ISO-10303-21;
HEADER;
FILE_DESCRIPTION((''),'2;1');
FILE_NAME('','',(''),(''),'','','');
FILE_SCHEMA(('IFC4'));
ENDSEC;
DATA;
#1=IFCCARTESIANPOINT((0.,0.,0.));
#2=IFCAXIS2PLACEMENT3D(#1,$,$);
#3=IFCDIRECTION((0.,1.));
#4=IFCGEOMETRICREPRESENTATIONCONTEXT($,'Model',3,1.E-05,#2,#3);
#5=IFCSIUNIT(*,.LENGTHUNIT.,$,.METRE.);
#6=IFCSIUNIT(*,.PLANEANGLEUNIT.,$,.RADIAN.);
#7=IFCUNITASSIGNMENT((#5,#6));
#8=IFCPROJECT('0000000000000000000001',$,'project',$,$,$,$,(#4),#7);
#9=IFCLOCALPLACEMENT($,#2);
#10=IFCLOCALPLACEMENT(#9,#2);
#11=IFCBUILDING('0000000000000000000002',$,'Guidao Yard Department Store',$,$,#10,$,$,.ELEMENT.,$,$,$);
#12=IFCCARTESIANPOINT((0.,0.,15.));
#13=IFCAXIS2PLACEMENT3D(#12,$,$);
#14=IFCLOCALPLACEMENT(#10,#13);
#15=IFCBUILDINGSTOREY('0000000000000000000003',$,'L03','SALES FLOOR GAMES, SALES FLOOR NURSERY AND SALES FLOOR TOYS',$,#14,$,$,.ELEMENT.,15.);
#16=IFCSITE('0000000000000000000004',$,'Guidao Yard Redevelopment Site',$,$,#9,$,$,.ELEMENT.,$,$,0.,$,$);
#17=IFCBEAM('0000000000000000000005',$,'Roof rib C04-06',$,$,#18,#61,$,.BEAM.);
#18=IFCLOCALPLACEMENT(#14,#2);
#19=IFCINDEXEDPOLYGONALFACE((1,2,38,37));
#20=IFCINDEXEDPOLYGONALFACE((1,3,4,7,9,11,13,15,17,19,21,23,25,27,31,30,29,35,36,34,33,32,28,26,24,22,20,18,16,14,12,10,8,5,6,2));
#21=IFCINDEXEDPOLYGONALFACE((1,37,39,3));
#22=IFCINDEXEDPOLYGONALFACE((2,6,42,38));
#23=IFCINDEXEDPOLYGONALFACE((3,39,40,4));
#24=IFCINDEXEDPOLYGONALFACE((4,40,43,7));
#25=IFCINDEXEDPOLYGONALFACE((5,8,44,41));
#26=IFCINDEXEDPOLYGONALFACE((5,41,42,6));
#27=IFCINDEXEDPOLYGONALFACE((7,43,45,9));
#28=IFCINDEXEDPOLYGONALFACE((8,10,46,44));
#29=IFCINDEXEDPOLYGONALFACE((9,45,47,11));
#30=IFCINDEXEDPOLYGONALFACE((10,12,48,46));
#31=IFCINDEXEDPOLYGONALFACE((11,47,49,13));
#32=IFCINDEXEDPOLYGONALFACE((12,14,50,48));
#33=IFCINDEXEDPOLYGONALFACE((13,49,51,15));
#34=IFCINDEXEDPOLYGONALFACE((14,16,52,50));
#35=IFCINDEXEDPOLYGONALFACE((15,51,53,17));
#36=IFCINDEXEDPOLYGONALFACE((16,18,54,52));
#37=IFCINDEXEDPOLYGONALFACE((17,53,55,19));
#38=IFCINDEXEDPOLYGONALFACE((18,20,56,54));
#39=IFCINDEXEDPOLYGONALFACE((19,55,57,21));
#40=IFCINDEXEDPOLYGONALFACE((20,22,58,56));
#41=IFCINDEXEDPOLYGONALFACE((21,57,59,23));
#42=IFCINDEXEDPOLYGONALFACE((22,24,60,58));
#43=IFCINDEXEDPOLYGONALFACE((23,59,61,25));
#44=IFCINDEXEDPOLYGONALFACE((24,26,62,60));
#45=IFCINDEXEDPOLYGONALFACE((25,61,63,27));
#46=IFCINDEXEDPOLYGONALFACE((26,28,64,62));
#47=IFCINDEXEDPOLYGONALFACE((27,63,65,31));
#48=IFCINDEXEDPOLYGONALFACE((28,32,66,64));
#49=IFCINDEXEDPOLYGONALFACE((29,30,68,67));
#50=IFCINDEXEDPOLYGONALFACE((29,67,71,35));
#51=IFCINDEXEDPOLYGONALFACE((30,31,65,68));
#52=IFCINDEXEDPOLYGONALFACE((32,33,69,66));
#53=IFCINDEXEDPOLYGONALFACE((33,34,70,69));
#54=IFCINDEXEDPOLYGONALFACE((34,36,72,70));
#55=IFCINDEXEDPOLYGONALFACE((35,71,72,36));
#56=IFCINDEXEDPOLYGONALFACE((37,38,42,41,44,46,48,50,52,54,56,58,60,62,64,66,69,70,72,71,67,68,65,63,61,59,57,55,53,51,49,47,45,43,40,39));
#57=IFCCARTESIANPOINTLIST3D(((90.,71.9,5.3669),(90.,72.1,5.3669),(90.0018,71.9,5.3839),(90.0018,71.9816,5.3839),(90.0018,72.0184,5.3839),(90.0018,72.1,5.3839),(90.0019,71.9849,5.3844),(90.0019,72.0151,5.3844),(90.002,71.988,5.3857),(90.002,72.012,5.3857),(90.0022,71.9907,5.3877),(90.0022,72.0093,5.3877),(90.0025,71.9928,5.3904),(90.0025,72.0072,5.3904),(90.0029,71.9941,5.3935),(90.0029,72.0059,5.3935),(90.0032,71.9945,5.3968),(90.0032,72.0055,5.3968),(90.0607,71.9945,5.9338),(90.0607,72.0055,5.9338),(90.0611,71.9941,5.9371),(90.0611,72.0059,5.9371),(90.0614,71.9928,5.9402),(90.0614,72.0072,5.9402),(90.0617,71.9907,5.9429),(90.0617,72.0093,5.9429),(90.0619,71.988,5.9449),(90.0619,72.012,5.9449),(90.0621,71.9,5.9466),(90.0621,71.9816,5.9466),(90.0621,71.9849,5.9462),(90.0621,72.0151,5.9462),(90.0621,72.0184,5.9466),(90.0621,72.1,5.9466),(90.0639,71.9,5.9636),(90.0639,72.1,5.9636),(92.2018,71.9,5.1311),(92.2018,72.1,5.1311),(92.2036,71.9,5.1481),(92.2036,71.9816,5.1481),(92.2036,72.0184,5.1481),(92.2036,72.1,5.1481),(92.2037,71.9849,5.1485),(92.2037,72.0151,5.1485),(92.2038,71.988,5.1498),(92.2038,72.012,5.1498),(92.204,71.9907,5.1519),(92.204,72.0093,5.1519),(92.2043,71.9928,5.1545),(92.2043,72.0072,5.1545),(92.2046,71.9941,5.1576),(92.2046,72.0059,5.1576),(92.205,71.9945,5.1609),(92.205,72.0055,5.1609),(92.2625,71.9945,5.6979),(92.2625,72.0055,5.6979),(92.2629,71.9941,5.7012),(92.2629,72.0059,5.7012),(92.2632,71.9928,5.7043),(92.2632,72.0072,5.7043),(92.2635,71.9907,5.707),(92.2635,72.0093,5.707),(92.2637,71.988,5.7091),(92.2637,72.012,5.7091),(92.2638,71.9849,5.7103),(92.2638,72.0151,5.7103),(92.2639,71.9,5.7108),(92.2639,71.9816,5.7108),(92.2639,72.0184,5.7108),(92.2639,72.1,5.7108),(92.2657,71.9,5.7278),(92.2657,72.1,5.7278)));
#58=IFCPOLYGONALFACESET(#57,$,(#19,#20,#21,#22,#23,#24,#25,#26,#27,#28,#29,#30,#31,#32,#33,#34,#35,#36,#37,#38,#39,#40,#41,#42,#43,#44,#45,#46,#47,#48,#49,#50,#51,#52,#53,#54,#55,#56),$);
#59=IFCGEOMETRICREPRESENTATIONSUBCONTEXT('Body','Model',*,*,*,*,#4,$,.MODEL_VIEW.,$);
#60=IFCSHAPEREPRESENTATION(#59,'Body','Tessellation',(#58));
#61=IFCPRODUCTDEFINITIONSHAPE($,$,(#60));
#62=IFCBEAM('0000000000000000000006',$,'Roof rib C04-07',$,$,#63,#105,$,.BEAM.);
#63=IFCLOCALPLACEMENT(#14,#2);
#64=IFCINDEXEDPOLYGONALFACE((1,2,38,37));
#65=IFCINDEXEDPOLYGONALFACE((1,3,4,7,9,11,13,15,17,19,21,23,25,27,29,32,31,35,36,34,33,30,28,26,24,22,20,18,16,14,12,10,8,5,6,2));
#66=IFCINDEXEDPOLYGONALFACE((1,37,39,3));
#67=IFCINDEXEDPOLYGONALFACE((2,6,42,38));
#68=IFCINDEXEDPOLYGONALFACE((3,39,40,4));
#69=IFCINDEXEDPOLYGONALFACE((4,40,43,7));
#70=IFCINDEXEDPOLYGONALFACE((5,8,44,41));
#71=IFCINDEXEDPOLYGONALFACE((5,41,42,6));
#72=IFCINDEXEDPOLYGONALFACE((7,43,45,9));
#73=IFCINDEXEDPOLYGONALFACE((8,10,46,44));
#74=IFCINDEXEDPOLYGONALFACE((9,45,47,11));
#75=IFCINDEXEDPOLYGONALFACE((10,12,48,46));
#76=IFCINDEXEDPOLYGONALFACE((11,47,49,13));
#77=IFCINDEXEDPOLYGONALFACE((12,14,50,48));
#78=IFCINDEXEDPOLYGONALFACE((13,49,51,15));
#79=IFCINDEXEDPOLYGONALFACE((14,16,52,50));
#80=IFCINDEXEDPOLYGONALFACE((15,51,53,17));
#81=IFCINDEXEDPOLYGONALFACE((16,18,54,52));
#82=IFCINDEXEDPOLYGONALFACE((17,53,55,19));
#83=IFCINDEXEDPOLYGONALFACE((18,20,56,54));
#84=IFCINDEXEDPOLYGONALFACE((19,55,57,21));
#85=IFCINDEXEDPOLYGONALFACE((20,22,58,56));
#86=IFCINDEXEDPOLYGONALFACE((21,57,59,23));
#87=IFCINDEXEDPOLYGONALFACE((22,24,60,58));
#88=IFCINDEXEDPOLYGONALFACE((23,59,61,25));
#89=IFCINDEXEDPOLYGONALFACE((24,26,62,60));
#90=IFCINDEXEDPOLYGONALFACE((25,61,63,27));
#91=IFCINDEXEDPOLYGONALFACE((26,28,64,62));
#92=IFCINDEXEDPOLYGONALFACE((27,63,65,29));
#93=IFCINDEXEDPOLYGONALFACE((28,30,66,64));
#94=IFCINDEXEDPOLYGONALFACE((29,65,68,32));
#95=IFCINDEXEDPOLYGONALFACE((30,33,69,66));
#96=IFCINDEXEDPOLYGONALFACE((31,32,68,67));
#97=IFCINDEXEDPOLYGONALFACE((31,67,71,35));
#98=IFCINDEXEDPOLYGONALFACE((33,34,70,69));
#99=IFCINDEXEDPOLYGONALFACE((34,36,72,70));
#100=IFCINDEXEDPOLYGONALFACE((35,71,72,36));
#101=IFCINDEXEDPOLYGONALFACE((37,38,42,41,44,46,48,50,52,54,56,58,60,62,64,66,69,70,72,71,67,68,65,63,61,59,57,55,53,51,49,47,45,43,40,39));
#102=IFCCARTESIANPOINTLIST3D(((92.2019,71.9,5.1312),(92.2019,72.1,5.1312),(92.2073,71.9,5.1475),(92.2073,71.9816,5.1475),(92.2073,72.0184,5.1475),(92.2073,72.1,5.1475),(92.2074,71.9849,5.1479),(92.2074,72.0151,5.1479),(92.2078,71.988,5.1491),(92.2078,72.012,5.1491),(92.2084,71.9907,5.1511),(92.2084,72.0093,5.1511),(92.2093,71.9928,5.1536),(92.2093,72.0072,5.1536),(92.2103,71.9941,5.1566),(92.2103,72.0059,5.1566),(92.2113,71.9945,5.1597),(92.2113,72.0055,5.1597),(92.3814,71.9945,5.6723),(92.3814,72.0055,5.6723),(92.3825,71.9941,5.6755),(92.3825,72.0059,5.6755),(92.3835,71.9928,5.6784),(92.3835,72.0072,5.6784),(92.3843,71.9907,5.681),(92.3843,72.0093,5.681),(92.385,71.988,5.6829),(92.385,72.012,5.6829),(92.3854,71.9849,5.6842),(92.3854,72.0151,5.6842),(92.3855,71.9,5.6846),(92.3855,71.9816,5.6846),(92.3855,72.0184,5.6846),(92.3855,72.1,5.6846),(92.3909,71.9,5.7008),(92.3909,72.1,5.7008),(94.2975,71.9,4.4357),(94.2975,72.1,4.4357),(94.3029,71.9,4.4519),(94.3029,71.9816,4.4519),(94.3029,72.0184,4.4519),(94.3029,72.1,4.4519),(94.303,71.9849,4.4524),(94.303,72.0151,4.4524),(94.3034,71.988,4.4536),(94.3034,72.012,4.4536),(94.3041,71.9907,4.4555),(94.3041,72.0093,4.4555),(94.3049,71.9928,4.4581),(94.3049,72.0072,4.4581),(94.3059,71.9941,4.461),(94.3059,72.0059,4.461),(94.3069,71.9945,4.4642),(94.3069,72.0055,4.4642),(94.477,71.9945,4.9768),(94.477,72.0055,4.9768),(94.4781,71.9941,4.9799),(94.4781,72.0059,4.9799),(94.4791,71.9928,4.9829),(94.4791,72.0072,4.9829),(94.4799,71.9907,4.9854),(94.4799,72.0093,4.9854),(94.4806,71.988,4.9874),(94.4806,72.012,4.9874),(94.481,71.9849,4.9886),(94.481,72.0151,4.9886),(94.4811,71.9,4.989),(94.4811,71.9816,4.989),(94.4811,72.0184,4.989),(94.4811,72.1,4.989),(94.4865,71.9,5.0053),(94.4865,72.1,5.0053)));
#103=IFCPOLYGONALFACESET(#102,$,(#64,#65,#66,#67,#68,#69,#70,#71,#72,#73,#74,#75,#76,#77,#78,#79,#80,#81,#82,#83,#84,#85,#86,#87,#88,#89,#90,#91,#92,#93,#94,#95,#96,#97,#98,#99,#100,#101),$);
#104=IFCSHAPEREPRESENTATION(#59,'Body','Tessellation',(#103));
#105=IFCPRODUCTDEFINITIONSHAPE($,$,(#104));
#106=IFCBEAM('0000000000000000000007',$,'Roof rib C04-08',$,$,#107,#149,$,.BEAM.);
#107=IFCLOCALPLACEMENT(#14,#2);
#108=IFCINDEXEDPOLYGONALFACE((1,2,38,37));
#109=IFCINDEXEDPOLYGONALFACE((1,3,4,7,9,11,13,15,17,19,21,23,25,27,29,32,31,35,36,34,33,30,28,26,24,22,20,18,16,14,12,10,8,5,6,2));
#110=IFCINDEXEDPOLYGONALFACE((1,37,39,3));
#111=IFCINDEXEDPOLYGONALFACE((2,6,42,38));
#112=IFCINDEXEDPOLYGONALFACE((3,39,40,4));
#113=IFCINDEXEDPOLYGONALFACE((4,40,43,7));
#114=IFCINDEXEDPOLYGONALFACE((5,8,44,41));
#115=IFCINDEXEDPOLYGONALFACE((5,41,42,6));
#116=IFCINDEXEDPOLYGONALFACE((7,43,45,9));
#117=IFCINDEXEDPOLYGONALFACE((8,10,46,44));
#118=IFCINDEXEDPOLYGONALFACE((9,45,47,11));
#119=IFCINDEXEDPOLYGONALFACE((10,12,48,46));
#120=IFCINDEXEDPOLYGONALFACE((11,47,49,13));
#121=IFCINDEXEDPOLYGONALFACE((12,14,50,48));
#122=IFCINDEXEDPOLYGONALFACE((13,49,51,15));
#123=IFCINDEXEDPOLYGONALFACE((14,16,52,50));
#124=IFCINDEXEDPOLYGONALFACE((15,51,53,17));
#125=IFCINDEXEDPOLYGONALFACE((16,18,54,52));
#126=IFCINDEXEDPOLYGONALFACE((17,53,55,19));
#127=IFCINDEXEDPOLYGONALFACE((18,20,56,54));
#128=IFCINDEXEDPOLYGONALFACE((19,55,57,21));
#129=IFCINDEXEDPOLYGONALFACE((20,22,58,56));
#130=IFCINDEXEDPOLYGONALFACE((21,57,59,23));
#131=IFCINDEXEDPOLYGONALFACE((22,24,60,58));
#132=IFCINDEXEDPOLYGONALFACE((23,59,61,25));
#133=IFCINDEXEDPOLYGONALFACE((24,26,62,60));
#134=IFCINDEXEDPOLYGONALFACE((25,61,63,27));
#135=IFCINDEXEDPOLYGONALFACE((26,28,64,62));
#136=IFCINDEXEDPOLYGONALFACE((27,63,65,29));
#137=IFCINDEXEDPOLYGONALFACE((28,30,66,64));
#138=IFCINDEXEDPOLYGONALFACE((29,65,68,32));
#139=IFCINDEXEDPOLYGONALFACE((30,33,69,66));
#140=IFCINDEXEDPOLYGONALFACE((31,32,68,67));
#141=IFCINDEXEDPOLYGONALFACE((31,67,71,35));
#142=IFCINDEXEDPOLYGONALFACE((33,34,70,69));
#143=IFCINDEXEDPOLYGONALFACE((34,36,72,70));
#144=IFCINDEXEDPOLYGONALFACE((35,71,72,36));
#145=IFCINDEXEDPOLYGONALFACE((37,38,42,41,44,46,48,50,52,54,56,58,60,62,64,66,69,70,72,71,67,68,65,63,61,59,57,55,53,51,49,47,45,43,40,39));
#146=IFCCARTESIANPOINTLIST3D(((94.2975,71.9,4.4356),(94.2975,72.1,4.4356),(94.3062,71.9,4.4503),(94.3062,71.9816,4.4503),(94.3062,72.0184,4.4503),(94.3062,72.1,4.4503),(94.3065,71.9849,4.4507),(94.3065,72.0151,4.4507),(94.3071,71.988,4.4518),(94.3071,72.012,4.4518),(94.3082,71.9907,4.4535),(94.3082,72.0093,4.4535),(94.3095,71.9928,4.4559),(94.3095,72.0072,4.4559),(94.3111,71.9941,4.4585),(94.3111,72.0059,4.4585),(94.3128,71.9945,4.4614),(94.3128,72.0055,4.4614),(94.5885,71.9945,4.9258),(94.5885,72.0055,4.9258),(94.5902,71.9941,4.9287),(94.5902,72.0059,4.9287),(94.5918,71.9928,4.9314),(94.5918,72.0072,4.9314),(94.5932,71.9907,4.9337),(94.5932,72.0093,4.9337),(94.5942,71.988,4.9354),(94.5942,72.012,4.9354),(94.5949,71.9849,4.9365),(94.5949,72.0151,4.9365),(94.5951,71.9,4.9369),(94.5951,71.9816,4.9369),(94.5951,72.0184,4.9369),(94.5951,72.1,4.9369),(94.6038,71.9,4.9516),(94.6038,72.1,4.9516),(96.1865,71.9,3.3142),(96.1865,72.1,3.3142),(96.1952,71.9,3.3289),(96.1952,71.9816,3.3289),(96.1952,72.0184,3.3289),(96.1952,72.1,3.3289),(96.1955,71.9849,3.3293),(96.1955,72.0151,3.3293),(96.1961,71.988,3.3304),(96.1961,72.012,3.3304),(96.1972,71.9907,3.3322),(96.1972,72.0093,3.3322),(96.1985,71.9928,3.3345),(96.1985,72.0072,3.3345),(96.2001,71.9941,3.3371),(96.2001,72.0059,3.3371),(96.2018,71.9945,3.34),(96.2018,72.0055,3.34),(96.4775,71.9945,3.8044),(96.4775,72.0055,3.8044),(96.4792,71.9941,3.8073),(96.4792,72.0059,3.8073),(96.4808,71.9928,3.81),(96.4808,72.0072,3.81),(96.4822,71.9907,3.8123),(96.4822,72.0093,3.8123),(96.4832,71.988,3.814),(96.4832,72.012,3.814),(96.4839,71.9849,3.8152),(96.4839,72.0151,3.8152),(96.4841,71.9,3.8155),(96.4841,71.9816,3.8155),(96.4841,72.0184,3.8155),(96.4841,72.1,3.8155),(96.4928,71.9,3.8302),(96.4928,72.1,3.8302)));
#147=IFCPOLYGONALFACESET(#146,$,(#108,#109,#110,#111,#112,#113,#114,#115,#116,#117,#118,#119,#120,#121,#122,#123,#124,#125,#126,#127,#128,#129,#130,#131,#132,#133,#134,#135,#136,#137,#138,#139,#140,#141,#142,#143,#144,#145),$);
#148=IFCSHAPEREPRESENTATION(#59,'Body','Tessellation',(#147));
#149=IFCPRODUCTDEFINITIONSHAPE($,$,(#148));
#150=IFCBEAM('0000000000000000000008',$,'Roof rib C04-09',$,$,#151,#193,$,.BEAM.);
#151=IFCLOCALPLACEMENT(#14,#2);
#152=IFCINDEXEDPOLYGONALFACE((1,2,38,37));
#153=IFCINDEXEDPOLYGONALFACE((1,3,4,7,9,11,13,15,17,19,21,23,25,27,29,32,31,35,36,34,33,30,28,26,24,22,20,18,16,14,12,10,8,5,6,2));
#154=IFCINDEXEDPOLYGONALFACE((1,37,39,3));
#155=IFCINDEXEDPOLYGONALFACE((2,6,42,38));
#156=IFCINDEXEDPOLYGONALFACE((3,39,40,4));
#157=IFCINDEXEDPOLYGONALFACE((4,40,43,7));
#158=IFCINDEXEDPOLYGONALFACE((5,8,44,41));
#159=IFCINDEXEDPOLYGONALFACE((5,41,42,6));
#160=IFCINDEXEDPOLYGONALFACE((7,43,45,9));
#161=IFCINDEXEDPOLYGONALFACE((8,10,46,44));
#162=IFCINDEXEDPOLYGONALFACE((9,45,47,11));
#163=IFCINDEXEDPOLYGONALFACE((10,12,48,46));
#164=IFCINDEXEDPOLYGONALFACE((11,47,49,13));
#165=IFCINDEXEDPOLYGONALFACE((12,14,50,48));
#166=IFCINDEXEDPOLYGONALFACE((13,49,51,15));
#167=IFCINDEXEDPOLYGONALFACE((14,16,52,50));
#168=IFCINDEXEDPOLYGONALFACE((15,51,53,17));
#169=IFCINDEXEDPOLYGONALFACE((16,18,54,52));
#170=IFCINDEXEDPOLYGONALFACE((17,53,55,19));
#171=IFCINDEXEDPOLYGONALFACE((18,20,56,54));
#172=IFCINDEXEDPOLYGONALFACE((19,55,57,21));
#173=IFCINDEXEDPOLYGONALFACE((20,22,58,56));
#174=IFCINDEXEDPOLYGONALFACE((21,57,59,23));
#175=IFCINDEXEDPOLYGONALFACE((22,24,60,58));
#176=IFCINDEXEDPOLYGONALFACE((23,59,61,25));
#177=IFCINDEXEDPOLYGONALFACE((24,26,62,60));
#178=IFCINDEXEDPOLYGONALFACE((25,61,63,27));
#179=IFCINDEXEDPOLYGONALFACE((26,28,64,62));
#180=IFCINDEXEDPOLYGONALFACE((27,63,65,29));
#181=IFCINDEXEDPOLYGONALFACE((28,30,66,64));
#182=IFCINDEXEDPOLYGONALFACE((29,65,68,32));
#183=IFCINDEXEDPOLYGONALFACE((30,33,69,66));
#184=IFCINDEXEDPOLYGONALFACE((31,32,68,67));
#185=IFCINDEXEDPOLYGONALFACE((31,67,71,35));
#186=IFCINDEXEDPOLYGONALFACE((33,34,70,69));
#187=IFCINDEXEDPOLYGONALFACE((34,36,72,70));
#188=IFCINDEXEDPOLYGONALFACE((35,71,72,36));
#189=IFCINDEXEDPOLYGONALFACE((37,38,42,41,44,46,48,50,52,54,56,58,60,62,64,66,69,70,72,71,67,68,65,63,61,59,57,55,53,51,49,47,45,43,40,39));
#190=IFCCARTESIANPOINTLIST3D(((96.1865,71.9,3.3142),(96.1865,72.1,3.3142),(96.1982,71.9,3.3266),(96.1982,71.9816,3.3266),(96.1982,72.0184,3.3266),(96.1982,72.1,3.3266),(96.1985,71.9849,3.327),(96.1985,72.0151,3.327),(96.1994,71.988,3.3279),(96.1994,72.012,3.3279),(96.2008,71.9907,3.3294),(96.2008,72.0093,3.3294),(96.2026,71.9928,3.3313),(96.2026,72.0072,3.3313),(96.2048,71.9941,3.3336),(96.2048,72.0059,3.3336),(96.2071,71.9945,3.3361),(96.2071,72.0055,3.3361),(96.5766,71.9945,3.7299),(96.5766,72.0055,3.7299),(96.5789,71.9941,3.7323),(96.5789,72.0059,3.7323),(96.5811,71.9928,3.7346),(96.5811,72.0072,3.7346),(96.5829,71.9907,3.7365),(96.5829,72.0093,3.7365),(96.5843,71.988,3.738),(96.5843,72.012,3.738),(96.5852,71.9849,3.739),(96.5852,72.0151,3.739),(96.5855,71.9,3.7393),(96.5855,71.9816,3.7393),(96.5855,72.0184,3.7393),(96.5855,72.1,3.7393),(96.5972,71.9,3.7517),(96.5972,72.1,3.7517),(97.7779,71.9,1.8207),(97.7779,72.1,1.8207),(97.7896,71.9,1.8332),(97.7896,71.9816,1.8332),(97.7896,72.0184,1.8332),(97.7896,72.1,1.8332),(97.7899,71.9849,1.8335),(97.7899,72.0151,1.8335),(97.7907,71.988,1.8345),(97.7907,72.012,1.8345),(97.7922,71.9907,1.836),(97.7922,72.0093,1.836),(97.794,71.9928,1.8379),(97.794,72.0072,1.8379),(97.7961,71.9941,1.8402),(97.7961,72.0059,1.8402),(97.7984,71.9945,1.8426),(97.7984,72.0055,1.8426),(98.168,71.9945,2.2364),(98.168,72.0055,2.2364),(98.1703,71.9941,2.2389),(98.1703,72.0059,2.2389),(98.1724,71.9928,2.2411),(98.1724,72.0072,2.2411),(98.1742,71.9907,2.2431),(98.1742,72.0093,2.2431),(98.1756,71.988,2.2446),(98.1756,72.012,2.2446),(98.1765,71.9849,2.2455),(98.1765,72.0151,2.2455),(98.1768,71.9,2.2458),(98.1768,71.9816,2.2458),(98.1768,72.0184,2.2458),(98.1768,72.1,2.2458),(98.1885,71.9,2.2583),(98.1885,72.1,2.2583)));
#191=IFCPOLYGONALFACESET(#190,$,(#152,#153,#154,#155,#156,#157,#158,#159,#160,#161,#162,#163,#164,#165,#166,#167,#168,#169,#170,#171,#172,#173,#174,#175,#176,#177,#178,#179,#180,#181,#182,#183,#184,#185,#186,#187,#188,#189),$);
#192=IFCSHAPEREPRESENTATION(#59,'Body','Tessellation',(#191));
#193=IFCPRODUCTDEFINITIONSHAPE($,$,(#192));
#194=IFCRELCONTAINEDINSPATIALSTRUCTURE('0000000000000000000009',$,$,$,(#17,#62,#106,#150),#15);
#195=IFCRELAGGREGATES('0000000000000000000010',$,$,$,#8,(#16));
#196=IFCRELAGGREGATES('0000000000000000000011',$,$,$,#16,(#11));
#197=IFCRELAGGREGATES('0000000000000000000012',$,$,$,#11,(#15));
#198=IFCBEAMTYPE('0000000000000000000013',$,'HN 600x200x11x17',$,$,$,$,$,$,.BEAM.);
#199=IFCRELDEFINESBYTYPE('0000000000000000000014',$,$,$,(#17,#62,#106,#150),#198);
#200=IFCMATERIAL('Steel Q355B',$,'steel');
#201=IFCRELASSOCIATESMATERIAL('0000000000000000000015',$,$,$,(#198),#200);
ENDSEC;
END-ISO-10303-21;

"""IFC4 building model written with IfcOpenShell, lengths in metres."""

from ifc_helpers import new_model, si_unit, direction, frame, origin, origin_2d, place, context, subcontext, project, spatial, i_section, extrude, material, material_profile, profile_set, type_object, element, save


model = new_model("IFC4")

# Units and contexts
model_context = context("Model", 3, precision=1e-05, world=origin(), true_north=direction((0.0, 1.0)))
body_context = subcontext(model_context, "Body", "Model", "MODEL_VIEW")
ifc_project = project(units=[si_unit("LENGTHUNIT", "METRE"), si_unit("PLANEANGLEUNIT", "RADIAN")], contexts=[model_context])

# Site, building, storey
site_placement = place(None, origin())
site = spatial("IfcSite", under=ifc_project, at=site_placement, Name="Guidao Yard Redevelopment Site", CompositionType="ELEMENT", RefElevation=0.0)
building_placement = place(site_placement, origin())
building = spatial("IfcBuilding", under=site, at=building_placement, Name="Guidao Yard Department Store", CompositionType="ELEMENT")
storey_placement = place(building_placement, frame((0.0, 0.0, 15.0)))
storey = spatial("IfcBuildingStorey", under=building, at=storey_placement, Name="L03", Description="SALES FLOOR GAMES, SALES FLOOR NURSERY AND SALES FLOOR TOYS", CompositionType="ELEMENT", Elevation=15.0)

# Beams
ifc_material_1 = material(Name="Steel Q355B", Category="steel")
ifc_material_profile_1 = material_profile(ifc_material_1, i_section(OverallWidth=0.2, OverallDepth=0.6001, WebThickness=0.011, FlangeThickness=0.0171, FilletRadius=0.0129, at=origin_2d()), Name="HN 600x200x11x17")
ifc_profile_set_1 = profile_set([ifc_material_profile_1], Name="Steel Q355B")
beam_type = type_object("IfcBeamType", Name="HN 600x200x11x17", PredefinedType="BEAM", material=ifc_profile_set_1)
beam_1_placement = place(storey_placement, frame((90.032, 72.0, 5.6653), z_axis=(0.994312, 0.0, -0.10651), x_axis=(0.0, 1.0, 0.0)))
element("IfcBeam", 1, at=beam_1_placement, inside=storey, type_object=beam_type, Name="Roof rib C04-06", PredefinedType="BEAM", context=body_context, shape_type="SweptSolid", body=[
    extrude(i_section(OverallWidth=0.2, OverallDepth=0.6001, WebThickness=0.011, FlangeThickness=0.0171, FilletRadius=0.0129, at=origin_2d()), origin(), (0.0, 0.0, 1.0), 2.2144),
])
beam_2_placement = place(storey_placement, frame((92.2964, 72.0, 5.416), z_axis=(0.949092, 0.0, -0.315), x_axis=(0.0, 1.0, 0.0)))
element("IfcBeam", 2, at=beam_2_placement, inside=storey, type_object=beam_type, Name="Roof rib C04-07", PredefinedType="BEAM", context=body_context, shape_type="SweptSolid", body=[
    extrude(i_section(OverallWidth=0.2, OverallDepth=0.6001, WebThickness=0.011, FlangeThickness=0.0171, FilletRadius=0.0129, at=origin_2d()), origin(), (0.0, 0.0, 1.0), 2.208),
])
beam_3_placement = place(storey_placement, frame((94.4507, 72.0, 4.6936), z_axis=(0.859896, 0.0, -0.510469), x_axis=(0.0, 1.0, 0.0)))
element("IfcBeam", 3, at=beam_3_placement, inside=storey, type_object=beam_type, Name="Roof rib C04-08", PredefinedType="BEAM", context=body_context, shape_type="SweptSolid", body=[
    extrude(i_section(OverallWidth=0.2, OverallDepth=0.6001, WebThickness=0.011, FlangeThickness=0.0171, FilletRadius=0.0129, at=origin_2d()), origin(), (0.0, 0.0, 1.0), 2.1968),
])
beam_4_placement = place(storey_placement, frame((96.3918, 72.0, 3.533), z_axis=(0.729181, 0.0, -0.684321), x_axis=(0.0, 1.0, 0.0)))
element("IfcBeam", 4, at=beam_4_placement, inside=storey, type_object=beam_type, Name="Roof rib C04-09", PredefinedType="BEAM", context=body_context, shape_type="SweptSolid", body=[
    extrude(i_section(OverallWidth=0.2, OverallDepth=0.6001, WebThickness=0.011, FlangeThickness=0.0171, FilletRadius=0.0129, at=origin_2d()), origin(), (0.0, 0.0, 1.0), 2.1824),
])

save(model, "model.ifc")
